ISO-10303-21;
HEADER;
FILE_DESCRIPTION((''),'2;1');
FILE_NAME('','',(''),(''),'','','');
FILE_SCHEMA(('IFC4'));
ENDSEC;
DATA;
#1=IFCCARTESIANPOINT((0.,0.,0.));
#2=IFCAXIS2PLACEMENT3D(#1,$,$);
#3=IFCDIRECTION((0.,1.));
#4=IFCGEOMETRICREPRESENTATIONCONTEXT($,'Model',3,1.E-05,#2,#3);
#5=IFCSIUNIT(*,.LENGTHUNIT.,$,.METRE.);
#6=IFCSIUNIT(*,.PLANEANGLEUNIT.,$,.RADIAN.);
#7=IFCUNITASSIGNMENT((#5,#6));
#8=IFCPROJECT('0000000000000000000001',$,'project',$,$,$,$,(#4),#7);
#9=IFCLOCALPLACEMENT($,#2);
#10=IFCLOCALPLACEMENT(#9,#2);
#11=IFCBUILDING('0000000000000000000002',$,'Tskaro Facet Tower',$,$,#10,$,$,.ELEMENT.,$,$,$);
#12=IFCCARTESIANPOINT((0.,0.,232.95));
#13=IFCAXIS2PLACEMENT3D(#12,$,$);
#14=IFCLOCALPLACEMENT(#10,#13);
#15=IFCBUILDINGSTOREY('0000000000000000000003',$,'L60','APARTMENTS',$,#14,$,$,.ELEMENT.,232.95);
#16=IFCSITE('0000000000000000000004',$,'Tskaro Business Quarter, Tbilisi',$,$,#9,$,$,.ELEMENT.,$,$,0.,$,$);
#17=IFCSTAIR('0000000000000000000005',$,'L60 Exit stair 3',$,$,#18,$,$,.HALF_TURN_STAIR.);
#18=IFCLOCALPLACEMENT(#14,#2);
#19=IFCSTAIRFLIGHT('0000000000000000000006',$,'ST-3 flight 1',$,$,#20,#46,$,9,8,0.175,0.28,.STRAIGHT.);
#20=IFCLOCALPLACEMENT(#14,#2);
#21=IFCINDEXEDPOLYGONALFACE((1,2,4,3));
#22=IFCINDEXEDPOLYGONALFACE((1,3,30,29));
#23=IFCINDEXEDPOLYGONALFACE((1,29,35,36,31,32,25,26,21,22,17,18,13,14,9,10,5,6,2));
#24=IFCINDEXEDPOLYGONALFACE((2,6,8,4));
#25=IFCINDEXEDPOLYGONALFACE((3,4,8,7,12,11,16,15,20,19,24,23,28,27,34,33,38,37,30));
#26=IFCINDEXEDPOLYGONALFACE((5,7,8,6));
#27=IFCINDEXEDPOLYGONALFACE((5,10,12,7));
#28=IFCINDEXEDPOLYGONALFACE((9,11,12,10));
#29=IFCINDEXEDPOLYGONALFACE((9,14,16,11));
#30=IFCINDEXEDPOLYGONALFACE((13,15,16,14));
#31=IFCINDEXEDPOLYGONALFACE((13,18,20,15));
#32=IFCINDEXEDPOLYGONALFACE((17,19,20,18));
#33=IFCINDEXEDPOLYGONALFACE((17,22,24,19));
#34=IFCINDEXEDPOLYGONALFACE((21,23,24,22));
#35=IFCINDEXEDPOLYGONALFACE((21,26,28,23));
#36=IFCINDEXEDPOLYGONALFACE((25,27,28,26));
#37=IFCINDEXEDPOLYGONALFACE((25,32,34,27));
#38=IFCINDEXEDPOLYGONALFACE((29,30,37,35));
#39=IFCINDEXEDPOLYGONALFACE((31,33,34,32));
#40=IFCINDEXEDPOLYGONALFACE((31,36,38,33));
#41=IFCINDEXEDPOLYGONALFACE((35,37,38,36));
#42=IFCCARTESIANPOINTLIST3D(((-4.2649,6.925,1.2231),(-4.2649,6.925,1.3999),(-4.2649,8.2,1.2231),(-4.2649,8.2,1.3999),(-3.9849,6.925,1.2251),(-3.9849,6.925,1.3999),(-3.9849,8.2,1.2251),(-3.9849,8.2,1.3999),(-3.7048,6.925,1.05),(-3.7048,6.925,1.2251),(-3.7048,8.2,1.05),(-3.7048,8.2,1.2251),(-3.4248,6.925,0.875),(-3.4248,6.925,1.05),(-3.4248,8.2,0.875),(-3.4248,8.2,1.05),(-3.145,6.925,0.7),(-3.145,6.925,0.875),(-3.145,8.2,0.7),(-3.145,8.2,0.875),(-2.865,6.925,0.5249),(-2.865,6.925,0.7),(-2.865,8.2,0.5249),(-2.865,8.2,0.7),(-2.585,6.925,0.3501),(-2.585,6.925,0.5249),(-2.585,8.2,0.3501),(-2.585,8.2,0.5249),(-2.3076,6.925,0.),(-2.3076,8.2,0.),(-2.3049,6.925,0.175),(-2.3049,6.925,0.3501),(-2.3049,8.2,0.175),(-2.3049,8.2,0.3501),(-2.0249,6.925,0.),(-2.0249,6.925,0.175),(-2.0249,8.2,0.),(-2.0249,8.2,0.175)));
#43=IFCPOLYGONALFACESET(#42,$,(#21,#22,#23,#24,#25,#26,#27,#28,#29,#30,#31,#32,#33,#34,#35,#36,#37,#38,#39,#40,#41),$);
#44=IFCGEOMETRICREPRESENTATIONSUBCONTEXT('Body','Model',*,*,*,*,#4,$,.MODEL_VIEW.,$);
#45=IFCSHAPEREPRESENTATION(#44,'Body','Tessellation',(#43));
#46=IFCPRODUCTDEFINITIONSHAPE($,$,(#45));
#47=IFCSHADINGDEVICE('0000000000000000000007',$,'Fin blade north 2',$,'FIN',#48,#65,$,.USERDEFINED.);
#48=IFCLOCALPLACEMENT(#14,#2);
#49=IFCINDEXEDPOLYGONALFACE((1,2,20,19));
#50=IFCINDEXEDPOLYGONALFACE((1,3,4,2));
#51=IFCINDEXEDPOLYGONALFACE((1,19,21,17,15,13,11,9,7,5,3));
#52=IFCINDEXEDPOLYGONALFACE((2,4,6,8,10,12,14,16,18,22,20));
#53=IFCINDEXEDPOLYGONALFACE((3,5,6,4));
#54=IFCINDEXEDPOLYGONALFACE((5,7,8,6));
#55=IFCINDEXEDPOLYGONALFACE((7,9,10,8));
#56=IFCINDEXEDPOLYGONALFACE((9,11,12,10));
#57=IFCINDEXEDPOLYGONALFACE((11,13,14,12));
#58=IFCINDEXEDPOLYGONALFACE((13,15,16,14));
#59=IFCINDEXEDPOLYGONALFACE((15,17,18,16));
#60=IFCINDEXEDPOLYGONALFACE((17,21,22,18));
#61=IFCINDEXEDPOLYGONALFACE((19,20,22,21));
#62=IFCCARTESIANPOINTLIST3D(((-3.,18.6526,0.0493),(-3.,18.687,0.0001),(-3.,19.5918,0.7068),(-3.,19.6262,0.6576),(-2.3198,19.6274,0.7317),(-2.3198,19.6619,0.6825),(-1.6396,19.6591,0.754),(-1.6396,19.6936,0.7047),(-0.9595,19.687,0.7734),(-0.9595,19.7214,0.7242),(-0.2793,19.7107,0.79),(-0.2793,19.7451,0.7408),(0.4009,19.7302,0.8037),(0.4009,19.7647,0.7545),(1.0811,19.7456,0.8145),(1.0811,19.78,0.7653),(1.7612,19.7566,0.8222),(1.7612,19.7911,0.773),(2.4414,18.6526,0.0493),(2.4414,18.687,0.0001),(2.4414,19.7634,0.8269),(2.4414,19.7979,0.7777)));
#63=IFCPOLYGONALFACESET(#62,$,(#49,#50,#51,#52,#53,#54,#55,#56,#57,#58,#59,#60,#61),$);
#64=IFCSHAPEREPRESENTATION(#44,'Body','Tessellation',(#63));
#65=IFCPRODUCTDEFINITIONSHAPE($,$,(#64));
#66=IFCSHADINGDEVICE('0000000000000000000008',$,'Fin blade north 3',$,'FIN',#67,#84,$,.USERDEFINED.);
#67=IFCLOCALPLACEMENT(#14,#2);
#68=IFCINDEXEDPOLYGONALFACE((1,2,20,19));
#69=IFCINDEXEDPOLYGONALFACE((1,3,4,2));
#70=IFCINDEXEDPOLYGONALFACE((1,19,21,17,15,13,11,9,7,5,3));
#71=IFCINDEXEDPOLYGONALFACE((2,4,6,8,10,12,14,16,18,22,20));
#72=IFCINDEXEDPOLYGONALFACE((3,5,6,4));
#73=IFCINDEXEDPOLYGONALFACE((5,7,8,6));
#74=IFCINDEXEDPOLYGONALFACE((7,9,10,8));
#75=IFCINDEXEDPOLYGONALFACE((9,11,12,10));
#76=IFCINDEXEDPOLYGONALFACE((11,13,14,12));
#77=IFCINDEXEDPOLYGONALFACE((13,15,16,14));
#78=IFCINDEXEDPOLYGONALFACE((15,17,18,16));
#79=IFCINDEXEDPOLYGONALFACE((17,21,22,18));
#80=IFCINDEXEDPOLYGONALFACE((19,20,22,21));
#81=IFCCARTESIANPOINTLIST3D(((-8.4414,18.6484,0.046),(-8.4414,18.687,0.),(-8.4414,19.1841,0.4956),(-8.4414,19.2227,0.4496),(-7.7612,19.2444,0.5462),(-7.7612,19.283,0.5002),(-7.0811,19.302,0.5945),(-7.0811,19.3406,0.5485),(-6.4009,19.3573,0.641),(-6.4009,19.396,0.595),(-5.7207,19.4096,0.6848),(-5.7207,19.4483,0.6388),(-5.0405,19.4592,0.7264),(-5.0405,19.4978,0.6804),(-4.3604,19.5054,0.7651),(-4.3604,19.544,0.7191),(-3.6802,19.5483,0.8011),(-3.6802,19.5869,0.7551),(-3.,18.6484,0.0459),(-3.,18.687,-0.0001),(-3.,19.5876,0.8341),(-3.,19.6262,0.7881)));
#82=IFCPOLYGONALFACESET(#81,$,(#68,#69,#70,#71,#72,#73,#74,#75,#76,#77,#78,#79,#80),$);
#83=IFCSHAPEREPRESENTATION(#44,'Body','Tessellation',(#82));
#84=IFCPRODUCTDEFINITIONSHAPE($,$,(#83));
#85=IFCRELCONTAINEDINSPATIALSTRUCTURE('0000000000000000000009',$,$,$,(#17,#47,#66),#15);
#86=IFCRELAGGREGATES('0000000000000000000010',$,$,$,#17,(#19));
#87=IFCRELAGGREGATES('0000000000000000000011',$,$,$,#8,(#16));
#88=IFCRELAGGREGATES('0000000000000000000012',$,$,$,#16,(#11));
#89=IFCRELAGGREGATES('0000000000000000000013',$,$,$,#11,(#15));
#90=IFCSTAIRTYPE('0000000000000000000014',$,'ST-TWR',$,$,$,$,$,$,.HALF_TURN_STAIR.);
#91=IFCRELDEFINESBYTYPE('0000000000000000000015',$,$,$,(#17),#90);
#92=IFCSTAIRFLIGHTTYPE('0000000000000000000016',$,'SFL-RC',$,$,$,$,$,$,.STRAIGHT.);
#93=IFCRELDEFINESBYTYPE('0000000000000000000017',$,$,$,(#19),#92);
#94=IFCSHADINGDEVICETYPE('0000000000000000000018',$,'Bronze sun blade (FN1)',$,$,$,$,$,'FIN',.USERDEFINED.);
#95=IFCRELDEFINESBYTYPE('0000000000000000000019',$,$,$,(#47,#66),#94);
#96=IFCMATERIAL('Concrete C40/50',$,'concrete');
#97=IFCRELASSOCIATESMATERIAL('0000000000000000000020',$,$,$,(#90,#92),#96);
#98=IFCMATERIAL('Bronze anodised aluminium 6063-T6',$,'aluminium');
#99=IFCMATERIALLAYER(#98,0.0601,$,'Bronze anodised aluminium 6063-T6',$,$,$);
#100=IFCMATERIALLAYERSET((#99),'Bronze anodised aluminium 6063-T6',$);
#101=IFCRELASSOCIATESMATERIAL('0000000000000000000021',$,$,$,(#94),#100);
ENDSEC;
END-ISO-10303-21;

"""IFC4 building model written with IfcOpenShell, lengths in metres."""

from ifc_helpers import new_model, si_unit, direction, frame, origin, place, context, subcontext, project, spatial, polyline, outline, extrude, material, layer, layer_set, type_object, element, aggregate, save


model = new_model("IFC4")

# Units and contexts
model_context = context("Model", 3, precision=1e-05, world=origin(), true_north=direction((0.0, 1.0)))
body_context = subcontext(model_context, "Body", "Model", "MODEL_VIEW")
ifc_project = project(units=[si_unit("LENGTHUNIT", "METRE"), si_unit("PLANEANGLEUNIT", "RADIAN")], contexts=[model_context])

# Site, building, storey
site_placement = place(None, origin())
site = spatial("IfcSite", under=ifc_project, at=site_placement, Name="Tskaro Business Quarter, Tbilisi", CompositionType="ELEMENT", RefElevation=0.0)
building_placement = place(site_placement, origin())
building = spatial("IfcBuilding", under=site, at=building_placement, Name="Tskaro Facet Tower", CompositionType="ELEMENT")
storey_placement = place(building_placement, frame((0.0, 0.0, 232.95)))
storey = spatial("IfcBuildingStorey", under=building, at=storey_placement, Name="L60", Description="APARTMENTS", CompositionType="ELEMENT", Elevation=232.95)

# Shared definitions
ifc_material_1 = material(Name="Bronze anodised aluminium 6063-T6", Category="aluminium")

# Stair
ifc_material_2 = material(Name="Concrete C40/50", Category="concrete")
stair_type = type_object("IfcStairType", Name="ST-TWR", PredefinedType="HALF_TURN_STAIR", material=ifc_material_2)
stair_1_placement = place(storey_placement, origin())
stair_1 = element("IfcStair", 1, at=stair_1_placement, inside=storey, type_object=stair_type, Name="L60 Exit stair 3", PredefinedType="HALF_TURN_STAIR")

# Stair flight
stair_flight_type = type_object("IfcStairFlightType", Name="SFL-RC", PredefinedType="STRAIGHT", material=ifc_material_2)
stair_flight_placement = place(storey_placement, frame((-2.0249, 7.5625, 0.0), z_axis=(0.0, 0.0, 1.0), x_axis=(-1.0, 0.0, 0.0)))
stair_flight = element("IfcStairFlight", 2, at=stair_flight_placement, type_object=stair_flight_type, Name="ST-3 flight 1", NumberOfRisers=9, NumberOfTreads=8, PredefinedType="STRAIGHT", RiserHeight=0.175, TreadLength=0.28, context=body_context, shape_type="SweptSolid", body=[
    extrude(outline(polyline([(0.0, 0.0), (0.0, 0.175), (0.28, 0.175), (0.28, 0.3501), (0.5601, 0.3501), (0.5601, 0.5249), (0.8401, 0.5249), (0.8401, 0.7), (1.1201, 0.7), (1.1201, 0.875), (1.3999, 0.875), (1.3999, 1.05), (1.6799, 1.05), (1.6799, 1.2251), (1.96, 1.2251), (1.96, 1.3999), (2.24, 1.3999), (2.24, 1.575), (2.24, 1.2231), (0.2827, 0.0), (0.0, 0.0)])), frame((0.0, 0.6375, 0.0), z_axis=(0.0, -1.0, 0.0), x_axis=(1.0, 0.0, 0.0)), (0.0, 0.0, 1.0), 1.2749),
])
aggregate(stair_1, [stair_flight])

# Shading devices
ifc_layer_1 = layer(ifc_material_1, 0.0601, Name="Bronze anodised aluminium 6063-T6")
ifc_layer_set_1 = layer_set([ifc_layer_1], Name="Bronze anodised aluminium 6063-T6")
shading_device_type = type_object("IfcShadingDeviceType", Name="Bronze sun blade (FN1)", ElementType="FIN", PredefinedType="USERDEFINED", material=ifc_layer_set_1)
shading_device_1_placement = place(storey_placement, frame((2.4414, 18.6526, 0.0493), z_axis=(0.000002, -0.573479, 0.81922), x_axis=(-1.0, -0.000001, 0.000002)))
element("IfcShadingDevice", 3, at=shading_device_1_placement, inside=storey, type_object=shading_device_type, Name="Fin blade north 2", ObjectType="FIN", PredefinedType="USERDEFINED", context=body_context, shape_type="SweptSolid", body=[
    extrude(outline(polyline([(0.0, 0.0), (5.4414, 0.0), (5.4414, -1.1465), (4.7612, -1.1899), (4.0811, -1.2287), (3.4009, -1.2627), (2.7207, -1.2916), (2.0405, -1.3155), (1.3604, -1.3342), (0.6802, -1.3477), (0.0, -1.356), (0.0, 0.0)])), origin(), (0.0, 0.0, -1.0), 0.0601),
])
shading_device_2_placement = place(storey_placement, frame((-3.0, 18.6484, 0.0459), z_axis=(0.000023, -0.642863, 0.765981), x_axis=(-1.0, -0.000015, 0.000017)))
element("IfcShadingDevice", 4, at=shading_device_2_placement, inside=storey, type_object=shading_device_type, Name="Fin blade north 3", ObjectType="FIN", PredefinedType="USERDEFINED", context=body_context, shape_type="SweptSolid", body=[
    extrude(outline(polyline([(0.0, 0.0), (5.4414, 0.0), (5.4414, -0.6994), (4.7612, -0.7781), (4.0811, -0.8533), (3.4009, -0.9256), (2.7207, -0.9938), (2.0405, -1.0585), (1.3604, -1.1188), (0.6802, -1.1748), (0.0, -1.226), (0.0, 0.0)])), origin(), (0.0, 0.0, -1.0), 0.0601),
])

save(model, "model.ifc")
